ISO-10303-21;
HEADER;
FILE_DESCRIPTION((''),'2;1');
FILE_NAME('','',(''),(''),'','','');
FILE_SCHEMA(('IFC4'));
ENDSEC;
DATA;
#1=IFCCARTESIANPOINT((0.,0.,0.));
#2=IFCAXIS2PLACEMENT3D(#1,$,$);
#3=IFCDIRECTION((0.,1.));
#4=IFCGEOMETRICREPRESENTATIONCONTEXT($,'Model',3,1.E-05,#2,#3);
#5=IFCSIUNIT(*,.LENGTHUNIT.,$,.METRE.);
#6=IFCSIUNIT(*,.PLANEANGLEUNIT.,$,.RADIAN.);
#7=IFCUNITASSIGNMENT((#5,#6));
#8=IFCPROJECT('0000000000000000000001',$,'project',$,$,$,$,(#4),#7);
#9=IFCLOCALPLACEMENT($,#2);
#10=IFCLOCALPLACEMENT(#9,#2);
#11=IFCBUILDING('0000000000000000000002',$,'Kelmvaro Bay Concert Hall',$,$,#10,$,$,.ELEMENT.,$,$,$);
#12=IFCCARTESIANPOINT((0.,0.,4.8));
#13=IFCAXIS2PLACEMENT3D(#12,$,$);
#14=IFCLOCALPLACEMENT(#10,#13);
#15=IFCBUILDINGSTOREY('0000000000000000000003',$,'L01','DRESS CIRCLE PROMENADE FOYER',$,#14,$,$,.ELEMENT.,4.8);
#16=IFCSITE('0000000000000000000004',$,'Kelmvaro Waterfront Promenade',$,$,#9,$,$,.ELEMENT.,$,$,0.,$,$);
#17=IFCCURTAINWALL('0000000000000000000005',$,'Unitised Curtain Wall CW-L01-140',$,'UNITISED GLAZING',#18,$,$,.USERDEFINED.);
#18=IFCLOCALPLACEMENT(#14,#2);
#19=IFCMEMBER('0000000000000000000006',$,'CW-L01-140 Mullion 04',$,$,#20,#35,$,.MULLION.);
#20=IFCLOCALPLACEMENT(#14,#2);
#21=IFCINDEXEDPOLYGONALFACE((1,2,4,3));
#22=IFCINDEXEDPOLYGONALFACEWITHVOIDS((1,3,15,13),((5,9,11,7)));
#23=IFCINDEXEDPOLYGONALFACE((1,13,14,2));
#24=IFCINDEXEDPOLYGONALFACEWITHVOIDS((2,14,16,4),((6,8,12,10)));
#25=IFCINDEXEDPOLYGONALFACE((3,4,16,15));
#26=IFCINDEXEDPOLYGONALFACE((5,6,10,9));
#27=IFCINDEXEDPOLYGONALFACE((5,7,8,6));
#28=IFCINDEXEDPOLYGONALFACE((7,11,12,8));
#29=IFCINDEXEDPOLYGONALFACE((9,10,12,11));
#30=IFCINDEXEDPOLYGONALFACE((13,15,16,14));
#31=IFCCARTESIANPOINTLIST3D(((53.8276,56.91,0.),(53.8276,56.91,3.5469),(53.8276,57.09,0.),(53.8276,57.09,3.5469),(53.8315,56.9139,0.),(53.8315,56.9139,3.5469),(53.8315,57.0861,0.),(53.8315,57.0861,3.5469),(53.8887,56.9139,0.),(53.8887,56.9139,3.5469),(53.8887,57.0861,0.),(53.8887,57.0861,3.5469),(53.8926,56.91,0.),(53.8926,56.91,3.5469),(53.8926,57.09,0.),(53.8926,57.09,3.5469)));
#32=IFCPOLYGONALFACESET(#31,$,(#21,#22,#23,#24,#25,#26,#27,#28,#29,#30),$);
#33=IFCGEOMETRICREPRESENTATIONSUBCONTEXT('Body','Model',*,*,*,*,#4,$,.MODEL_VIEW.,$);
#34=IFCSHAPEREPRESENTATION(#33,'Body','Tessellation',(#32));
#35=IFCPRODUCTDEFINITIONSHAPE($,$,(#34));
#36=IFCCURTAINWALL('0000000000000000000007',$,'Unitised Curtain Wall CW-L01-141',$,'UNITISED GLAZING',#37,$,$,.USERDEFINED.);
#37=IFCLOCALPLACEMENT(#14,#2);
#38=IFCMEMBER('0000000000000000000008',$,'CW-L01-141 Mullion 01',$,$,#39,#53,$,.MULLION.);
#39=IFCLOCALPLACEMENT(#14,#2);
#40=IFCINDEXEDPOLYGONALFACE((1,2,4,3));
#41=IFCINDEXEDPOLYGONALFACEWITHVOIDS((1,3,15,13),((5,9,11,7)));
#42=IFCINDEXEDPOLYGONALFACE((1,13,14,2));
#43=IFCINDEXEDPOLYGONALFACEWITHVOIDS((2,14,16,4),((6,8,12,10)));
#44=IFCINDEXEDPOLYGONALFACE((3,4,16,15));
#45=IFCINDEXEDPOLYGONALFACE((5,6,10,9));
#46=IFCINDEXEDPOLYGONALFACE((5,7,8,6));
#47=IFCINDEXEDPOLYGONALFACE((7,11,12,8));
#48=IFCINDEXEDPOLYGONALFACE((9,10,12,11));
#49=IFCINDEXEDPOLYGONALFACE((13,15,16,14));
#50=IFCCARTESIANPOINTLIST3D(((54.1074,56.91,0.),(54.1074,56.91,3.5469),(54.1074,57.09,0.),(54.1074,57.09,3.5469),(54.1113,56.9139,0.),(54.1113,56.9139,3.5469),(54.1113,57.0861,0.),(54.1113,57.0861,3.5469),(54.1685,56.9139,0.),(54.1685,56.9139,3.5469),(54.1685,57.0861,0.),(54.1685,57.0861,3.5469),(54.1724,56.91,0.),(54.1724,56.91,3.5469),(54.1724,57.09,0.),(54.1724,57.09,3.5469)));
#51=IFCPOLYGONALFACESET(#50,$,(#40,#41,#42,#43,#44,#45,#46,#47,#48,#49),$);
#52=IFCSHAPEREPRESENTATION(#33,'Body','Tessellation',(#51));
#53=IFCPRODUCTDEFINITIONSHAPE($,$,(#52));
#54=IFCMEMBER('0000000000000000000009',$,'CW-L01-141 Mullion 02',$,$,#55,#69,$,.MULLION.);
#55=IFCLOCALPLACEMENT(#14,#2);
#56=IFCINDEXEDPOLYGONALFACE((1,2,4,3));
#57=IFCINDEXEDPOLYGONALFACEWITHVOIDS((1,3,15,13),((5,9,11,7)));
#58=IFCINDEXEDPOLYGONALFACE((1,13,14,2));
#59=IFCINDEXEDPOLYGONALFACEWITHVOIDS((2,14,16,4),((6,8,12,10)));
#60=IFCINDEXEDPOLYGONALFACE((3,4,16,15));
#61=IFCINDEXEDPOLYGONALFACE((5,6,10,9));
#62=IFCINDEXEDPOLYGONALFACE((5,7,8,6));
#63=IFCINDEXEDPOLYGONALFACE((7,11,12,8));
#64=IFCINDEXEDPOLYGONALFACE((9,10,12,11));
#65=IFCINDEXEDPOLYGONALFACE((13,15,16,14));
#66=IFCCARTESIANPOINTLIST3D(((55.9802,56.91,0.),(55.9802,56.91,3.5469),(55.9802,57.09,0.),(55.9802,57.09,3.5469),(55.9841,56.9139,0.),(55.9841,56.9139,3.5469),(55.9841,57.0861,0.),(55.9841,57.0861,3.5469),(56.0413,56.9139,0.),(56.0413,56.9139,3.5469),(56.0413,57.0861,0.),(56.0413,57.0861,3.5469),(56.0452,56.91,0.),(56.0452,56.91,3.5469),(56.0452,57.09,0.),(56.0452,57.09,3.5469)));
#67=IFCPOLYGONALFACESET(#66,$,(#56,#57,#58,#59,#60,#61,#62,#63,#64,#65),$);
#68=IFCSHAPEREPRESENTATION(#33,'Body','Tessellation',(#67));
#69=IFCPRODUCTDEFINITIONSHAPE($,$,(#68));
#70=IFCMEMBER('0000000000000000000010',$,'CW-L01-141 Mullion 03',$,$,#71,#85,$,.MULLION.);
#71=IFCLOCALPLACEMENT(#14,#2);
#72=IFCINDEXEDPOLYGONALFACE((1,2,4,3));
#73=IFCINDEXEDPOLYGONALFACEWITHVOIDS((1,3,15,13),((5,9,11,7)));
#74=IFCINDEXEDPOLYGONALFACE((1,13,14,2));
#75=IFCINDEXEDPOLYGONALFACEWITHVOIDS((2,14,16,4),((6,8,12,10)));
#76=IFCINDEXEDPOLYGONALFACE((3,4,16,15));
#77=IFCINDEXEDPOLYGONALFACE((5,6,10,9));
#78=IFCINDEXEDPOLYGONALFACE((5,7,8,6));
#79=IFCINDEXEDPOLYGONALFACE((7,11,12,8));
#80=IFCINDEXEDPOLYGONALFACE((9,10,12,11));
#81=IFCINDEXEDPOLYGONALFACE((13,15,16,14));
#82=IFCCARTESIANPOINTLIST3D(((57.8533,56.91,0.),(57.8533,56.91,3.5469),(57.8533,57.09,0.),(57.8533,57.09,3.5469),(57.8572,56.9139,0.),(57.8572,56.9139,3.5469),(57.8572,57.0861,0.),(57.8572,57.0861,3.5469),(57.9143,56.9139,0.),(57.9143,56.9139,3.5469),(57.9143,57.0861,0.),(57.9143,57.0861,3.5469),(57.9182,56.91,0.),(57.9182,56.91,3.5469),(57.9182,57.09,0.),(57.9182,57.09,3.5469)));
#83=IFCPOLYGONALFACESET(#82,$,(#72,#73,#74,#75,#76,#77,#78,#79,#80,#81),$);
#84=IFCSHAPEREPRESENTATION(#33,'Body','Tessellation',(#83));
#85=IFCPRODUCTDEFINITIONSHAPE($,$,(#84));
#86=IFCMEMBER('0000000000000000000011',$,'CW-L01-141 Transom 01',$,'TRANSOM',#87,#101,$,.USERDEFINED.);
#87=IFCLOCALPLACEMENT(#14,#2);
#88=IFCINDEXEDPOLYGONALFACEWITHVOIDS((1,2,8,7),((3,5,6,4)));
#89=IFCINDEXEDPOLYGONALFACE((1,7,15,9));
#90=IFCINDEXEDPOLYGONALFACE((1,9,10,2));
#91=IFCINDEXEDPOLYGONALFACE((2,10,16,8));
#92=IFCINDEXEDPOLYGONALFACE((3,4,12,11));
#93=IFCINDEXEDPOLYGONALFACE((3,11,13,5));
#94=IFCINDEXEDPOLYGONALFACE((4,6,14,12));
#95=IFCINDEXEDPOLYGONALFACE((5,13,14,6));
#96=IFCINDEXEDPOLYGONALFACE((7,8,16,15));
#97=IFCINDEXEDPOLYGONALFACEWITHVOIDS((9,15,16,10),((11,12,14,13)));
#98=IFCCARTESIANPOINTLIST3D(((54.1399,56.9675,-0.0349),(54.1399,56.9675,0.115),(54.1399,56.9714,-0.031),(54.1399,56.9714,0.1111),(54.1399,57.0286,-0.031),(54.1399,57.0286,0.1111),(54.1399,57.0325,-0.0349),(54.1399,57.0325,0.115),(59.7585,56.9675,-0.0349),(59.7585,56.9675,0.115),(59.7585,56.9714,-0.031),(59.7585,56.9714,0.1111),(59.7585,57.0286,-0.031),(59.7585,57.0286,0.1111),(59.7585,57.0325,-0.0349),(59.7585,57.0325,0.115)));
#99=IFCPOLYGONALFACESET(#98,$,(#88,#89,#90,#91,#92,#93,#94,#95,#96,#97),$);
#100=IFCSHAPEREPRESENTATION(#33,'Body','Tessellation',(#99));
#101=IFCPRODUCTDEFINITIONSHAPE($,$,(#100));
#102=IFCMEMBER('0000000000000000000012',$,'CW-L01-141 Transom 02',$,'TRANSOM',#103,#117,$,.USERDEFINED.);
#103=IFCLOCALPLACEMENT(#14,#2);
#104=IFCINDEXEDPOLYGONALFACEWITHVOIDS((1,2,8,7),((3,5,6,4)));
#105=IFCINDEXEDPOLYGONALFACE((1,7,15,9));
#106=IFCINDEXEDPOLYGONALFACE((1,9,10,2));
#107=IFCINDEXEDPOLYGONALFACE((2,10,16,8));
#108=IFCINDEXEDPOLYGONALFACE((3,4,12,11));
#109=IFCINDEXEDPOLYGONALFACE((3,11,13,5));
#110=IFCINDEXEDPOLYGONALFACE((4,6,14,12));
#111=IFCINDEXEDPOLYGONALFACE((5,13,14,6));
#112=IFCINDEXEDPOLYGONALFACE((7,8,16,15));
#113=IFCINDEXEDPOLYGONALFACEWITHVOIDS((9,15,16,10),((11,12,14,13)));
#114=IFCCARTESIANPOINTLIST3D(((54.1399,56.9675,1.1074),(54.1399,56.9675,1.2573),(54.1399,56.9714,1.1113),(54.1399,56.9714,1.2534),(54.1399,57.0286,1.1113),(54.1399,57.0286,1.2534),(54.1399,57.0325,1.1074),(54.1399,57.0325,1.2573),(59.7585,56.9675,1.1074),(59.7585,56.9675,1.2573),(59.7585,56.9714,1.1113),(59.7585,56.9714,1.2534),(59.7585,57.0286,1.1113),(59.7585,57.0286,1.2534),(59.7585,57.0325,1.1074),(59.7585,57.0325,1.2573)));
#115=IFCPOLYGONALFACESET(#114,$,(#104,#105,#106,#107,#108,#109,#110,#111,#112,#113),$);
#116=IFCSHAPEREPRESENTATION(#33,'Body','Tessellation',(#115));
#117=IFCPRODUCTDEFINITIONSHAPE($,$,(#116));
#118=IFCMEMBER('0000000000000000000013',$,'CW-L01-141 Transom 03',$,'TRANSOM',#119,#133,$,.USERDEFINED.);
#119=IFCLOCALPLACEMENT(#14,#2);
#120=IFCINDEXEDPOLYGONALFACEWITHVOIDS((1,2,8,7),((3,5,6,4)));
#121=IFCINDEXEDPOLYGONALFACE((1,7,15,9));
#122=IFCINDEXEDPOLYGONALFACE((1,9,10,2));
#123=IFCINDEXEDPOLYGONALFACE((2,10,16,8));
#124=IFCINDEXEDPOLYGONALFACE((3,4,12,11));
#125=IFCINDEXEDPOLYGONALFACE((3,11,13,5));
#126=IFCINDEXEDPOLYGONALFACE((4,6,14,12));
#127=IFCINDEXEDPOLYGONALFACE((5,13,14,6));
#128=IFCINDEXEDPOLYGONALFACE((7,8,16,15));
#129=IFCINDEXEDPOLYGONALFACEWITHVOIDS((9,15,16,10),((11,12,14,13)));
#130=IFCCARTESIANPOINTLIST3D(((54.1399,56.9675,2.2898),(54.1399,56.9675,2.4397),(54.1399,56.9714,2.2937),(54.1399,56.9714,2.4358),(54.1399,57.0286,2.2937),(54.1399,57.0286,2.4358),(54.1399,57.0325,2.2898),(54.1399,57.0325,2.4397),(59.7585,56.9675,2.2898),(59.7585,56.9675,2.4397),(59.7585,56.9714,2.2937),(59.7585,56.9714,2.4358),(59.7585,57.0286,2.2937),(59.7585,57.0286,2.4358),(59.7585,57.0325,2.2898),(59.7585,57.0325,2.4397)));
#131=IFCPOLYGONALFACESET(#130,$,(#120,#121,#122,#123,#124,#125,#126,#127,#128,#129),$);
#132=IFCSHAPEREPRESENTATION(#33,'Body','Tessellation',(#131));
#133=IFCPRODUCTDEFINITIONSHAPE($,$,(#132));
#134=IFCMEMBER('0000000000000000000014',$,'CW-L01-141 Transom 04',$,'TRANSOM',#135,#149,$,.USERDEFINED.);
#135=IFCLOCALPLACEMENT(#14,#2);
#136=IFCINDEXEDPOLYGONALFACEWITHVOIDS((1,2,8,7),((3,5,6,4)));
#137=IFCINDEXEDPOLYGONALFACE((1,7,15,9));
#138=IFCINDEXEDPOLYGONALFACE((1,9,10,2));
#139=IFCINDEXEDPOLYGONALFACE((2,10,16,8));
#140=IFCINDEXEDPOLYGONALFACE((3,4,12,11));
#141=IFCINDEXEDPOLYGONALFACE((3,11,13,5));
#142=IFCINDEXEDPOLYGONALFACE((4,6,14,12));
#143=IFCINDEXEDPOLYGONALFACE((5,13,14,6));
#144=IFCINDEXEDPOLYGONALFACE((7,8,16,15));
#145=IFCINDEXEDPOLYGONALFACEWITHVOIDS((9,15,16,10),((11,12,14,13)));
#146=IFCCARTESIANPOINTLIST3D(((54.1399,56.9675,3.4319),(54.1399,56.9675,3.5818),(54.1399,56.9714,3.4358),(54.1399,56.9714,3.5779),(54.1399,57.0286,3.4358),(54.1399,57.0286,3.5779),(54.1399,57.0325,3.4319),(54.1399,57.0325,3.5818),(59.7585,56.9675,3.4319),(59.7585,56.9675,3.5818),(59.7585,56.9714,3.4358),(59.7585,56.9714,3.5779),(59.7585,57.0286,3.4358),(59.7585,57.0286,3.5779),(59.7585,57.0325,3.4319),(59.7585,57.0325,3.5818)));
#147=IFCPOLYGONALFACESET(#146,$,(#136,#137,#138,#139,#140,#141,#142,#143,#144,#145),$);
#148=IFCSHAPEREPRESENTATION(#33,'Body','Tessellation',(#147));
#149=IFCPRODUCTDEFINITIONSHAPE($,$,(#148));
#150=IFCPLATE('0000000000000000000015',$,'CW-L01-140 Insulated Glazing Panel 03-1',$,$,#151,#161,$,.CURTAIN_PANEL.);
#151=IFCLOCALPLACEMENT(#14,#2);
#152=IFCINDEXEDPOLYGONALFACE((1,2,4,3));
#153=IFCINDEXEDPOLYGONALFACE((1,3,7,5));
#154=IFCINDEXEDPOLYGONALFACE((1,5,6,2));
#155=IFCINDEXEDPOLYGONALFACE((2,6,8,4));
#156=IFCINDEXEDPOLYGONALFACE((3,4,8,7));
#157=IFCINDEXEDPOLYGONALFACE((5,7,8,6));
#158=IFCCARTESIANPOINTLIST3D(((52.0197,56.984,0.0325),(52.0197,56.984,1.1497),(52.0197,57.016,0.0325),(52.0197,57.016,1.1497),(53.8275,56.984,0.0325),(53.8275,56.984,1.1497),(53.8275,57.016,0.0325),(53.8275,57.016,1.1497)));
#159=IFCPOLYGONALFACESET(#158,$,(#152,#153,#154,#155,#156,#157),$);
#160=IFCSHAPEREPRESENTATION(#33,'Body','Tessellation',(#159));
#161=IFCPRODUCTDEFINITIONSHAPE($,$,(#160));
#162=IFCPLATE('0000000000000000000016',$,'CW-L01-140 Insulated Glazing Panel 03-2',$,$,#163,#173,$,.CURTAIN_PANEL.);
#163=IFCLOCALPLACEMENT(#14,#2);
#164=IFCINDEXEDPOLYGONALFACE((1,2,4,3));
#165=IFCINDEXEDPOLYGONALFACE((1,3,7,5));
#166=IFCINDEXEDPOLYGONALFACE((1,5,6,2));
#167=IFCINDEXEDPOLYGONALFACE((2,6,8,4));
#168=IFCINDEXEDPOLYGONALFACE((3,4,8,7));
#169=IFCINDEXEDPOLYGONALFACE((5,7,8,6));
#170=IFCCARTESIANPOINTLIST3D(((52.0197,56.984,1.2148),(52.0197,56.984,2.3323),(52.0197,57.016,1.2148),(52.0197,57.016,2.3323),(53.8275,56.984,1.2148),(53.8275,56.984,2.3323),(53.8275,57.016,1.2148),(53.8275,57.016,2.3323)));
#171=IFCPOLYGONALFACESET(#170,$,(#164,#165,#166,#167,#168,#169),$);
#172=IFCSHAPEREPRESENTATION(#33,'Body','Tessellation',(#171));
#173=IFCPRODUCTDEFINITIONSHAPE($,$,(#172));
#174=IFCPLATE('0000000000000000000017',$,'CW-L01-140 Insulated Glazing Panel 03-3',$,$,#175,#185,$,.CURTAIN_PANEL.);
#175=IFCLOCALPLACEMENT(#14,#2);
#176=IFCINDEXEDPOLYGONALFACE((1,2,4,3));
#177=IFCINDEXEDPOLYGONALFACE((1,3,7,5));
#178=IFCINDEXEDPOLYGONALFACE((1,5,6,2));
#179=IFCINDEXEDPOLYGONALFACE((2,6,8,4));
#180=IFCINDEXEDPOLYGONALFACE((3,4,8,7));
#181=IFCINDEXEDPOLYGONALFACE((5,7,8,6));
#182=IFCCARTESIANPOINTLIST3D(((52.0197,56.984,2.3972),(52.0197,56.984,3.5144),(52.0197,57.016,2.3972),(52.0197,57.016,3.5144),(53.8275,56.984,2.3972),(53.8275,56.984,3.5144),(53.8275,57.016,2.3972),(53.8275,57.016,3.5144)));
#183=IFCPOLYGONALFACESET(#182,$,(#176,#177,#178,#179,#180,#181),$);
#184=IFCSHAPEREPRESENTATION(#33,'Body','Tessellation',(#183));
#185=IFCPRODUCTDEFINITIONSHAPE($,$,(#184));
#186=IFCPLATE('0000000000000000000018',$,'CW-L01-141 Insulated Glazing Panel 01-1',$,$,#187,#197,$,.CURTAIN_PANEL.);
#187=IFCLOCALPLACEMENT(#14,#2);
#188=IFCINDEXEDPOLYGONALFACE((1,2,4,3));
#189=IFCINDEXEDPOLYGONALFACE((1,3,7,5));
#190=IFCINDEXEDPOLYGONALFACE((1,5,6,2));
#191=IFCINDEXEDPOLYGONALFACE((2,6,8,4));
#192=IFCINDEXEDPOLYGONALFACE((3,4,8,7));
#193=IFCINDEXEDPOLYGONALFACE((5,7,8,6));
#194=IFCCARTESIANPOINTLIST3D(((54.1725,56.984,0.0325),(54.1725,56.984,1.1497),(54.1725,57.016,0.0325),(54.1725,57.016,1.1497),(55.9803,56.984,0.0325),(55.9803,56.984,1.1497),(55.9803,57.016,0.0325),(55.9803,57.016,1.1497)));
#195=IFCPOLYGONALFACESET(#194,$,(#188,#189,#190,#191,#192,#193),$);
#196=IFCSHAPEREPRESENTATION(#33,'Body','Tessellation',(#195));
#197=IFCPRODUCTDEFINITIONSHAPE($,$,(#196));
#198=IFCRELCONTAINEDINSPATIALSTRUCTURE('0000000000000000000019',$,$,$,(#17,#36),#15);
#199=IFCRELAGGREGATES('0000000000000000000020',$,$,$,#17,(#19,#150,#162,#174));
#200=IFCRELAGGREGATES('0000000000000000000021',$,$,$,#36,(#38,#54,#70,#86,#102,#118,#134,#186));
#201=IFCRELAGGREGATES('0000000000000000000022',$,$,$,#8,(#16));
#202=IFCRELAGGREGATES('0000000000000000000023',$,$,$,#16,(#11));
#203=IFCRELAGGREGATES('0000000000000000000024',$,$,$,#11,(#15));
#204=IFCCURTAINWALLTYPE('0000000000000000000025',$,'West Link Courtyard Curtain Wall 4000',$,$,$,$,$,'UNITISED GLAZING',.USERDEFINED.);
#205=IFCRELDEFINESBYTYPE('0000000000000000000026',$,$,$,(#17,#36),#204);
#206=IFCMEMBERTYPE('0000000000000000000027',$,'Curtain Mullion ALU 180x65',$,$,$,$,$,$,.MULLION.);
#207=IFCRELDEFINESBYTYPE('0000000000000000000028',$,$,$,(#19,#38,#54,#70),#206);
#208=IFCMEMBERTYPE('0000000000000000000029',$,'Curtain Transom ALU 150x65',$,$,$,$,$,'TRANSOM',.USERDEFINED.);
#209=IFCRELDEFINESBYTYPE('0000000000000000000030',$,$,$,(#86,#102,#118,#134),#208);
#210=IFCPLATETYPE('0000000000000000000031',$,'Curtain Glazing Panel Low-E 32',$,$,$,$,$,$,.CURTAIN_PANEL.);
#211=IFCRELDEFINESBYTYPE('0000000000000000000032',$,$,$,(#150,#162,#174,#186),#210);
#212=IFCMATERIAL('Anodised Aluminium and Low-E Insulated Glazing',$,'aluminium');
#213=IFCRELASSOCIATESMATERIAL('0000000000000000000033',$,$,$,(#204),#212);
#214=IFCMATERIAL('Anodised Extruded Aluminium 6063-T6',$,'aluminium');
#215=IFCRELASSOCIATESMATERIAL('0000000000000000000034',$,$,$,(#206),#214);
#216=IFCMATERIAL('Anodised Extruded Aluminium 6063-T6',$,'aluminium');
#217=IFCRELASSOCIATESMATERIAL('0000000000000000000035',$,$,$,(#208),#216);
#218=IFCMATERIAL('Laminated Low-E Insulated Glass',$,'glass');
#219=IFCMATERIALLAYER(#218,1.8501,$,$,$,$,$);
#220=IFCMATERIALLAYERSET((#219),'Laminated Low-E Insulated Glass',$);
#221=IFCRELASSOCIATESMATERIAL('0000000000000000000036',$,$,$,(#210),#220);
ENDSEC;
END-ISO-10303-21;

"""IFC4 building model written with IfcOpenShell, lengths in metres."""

from ifc_helpers import new_model, si_unit, direction, frame, origin, origin_2d, place, context, subcontext, project, spatial, rectangle, hollow_rectangle, extrude, material, layer, layer_set, material_profile, profile_set, type_object, element, aggregate, save


model = new_model("IFC4")

# Units and contexts
model_context = context("Model", 3, precision=1e-05, world=origin(), true_north=direction((0.0, 1.0)))
body_context = subcontext(model_context, "Body", "Model", "MODEL_VIEW")
ifc_project = project(units=[si_unit("LENGTHUNIT", "METRE"), si_unit("PLANEANGLEUNIT", "RADIAN")], contexts=[model_context])

# Site, building, storey
site_placement = place(None, origin())
site = spatial("IfcSite", under=ifc_project, at=site_placement, Name="Kelmvaro Waterfront Promenade", CompositionType="ELEMENT", RefElevation=0.0)
building_placement = place(site_placement, origin())
building = spatial("IfcBuilding", under=site, at=building_placement, Name="Kelmvaro Bay Concert Hall", CompositionType="ELEMENT")
storey_placement = place(building_placement, frame((0.0, 0.0, 4.8)))
storey = spatial("IfcBuildingStorey", under=building, at=storey_placement, Name="L01", Description="DRESS CIRCLE PROMENADE FOYER", CompositionType="ELEMENT", Elevation=4.8)

# Curtain wall, member
ifc_material_1 = material(Name="Anodised Aluminium and Low-E Insulated Glazing", Category="aluminium")
curtain_wall_type = type_object("IfcCurtainWallType", Name="West Link Courtyard Curtain Wall 4000", ElementType="UNITISED GLAZING", PredefinedType="USERDEFINED", material=ifc_material_1)
curtain_wall_1_placement = place(storey_placement, origin())
curtain_wall_1 = element("IfcCurtainWall", 1, at=curtain_wall_1_placement, inside=storey, type_object=curtain_wall_type, Name="Unitised Curtain Wall CW-L01-140", ObjectType="UNITISED GLAZING", PredefinedType="USERDEFINED")
ifc_material_2 = material(Name="Anodised Extruded Aluminium 6063-T6", Category="aluminium")
ifc_material_profile_1 = material_profile(ifc_material_2, hollow_rectangle(XDim=0.0649, YDim=0.1799, WallThickness=0.0039, at=origin_2d()), Name="ALU-MUL-180X65")
ifc_profile_set_1 = profile_set([ifc_material_profile_1], Name="Anodised Extruded Aluminium 6063-T6")
member_type_1 = type_object("IfcMemberType", Name="Curtain Mullion ALU 180x65", PredefinedType="MULLION", material=ifc_profile_set_1)
member_1_placement = place(storey_placement, frame((53.8601, 57.0, 0.0), z_axis=(0.0, 0.0, 1.0), x_axis=(1.0, 0.0, 0.0)))
member_1 = element("IfcMember", 2, at=member_1_placement, type_object=member_type_1, Name="CW-L01-140 Mullion 04", PredefinedType="MULLION", context=body_context, shape_type="SweptSolid", body=[
    extrude(hollow_rectangle(XDim=0.0649, YDim=0.1799, WallThickness=0.0039, at=origin_2d()), origin(), (0.0, 0.0, 1.0), 3.5469),
])

# Curtain wall, members
curtain_wall_2_placement = place(storey_placement, origin())
curtain_wall_2 = element("IfcCurtainWall", 3, at=curtain_wall_2_placement, inside=storey, type_object=curtain_wall_type, Name="Unitised Curtain Wall CW-L01-141", ObjectType="UNITISED GLAZING", PredefinedType="USERDEFINED")
member_2_placement = place(storey_placement, frame((54.1399, 57.0, 0.0), z_axis=(0.0, 0.0, 1.0), x_axis=(1.0, 0.0, 0.0)))
member_2 = element("IfcMember", 4, at=member_2_placement, type_object=member_type_1, Name="CW-L01-141 Mullion 01", PredefinedType="MULLION", context=body_context, shape_type="SweptSolid", body=[
    extrude(hollow_rectangle(XDim=0.0649, YDim=0.1799, WallThickness=0.0039, at=origin_2d()), origin(), (0.0, 0.0, 1.0), 3.5469),
])
member_3_placement = place(storey_placement, frame((56.0127, 57.0, 0.0), z_axis=(0.0, 0.0, 1.0), x_axis=(1.0, 0.0, 0.0)))
member_3 = element("IfcMember", 5, at=member_3_placement, type_object=member_type_1, Name="CW-L01-141 Mullion 02", PredefinedType="MULLION", context=body_context, shape_type="SweptSolid", body=[
    extrude(hollow_rectangle(XDim=0.0649, YDim=0.1799, WallThickness=0.0039, at=origin_2d()), origin(), (0.0, 0.0, 1.0), 3.5469),
])
member_4_placement = place(storey_placement, frame((57.8857, 57.0, 0.0), z_axis=(0.0, 0.0, 1.0), x_axis=(1.0, 0.0, 0.0)))
member_4 = element("IfcMember", 6, at=member_4_placement, type_object=member_type_1, Name="CW-L01-141 Mullion 03", PredefinedType="MULLION", context=body_context, shape_type="SweptSolid", body=[
    extrude(hollow_rectangle(XDim=0.0649, YDim=0.1799, WallThickness=0.0039, at=origin_2d()), origin(), (0.0, 0.0, 1.0), 3.5469),
])
ifc_material_3 = material(Name="Anodised Extruded Aluminium 6063-T6", Category="aluminium")
ifc_material_profile_2 = material_profile(ifc_material_3, hollow_rectangle(XDim=0.0649, YDim=0.1499, WallThickness=0.0039, at=origin_2d()), Name="ALU-TRN-150X65")
ifc_profile_set_2 = profile_set([ifc_material_profile_2], Name="Anodised Extruded Aluminium 6063-T6")
member_type_2 = type_object("IfcMemberType", Name="Curtain Transom ALU 150x65", ElementType="TRANSOM", PredefinedType="USERDEFINED", material=ifc_profile_set_2)
member_5_placement = place(storey_placement, frame((54.1399, 57.0, 0.04), z_axis=(1.0, 0.0, 0.0), x_axis=(0.0, 1.0, 0.0)))
member_5 = element("IfcMember", 7, at=member_5_placement, type_object=member_type_2, Name="CW-L01-141 Transom 01", ObjectType="TRANSOM", PredefinedType="USERDEFINED", context=body_context, shape_type="SweptSolid", body=[
    extrude(hollow_rectangle(XDim=0.0649, YDim=0.1499, WallThickness=0.0039, at=origin_2d()), origin(), (0.0, 0.0, 1.0), 5.6187),
])
member_6_placement = place(storey_placement, frame((54.1399, 57.0, 1.1824), z_axis=(1.0, 0.0, 0.0), x_axis=(0.0, 1.0, 0.0)))
member_6 = element("IfcMember", 8, at=member_6_placement, type_object=member_type_2, Name="CW-L01-141 Transom 02", ObjectType="TRANSOM", PredefinedType="USERDEFINED", context=body_context, shape_type="SweptSolid", body=[
    extrude(hollow_rectangle(XDim=0.0649, YDim=0.1499, WallThickness=0.0039, at=origin_2d()), origin(), (0.0, 0.0, 1.0), 5.6187),
])
member_7_placement = place(storey_placement, frame((54.1399, 57.0, 2.3647), z_axis=(1.0, 0.0, 0.0), x_axis=(0.0, 1.0, 0.0)))
member_7 = element("IfcMember", 9, at=member_7_placement, type_object=member_type_2, Name="CW-L01-141 Transom 03", ObjectType="TRANSOM", PredefinedType="USERDEFINED", context=body_context, shape_type="SweptSolid", body=[
    extrude(hollow_rectangle(XDim=0.0649, YDim=0.1499, WallThickness=0.0039, at=origin_2d()), origin(), (0.0, 0.0, 1.0), 5.6187),
])
member_8_placement = place(storey_placement, frame((54.1399, 57.0, 3.5068), z_axis=(1.0, 0.0, 0.0), x_axis=(0.0, 1.0, 0.0)))
member_8 = element("IfcMember", 10, at=member_8_placement, type_object=member_type_2, Name="CW-L01-141 Transom 04", ObjectType="TRANSOM", PredefinedType="USERDEFINED", context=body_context, shape_type="SweptSolid", body=[
    extrude(hollow_rectangle(XDim=0.0649, YDim=0.1499, WallThickness=0.0039, at=origin_2d()), origin(), (0.0, 0.0, 1.0), 5.6187),
])

# Plates
ifc_material_4 = material(Name="Laminated Low-E Insulated Glass", Category="glass")
ifc_layer = layer(ifc_material_4, 1.8501)
ifc_layer_set = layer_set([ifc_layer], Name="Laminated Low-E Insulated Glass")
plate_type = type_object("IfcPlateType", Name="Curtain Glazing Panel Low-E 32", PredefinedType="CURTAIN_PANEL", material=ifc_layer_set)
plate_1_placement = place(storey_placement, frame((52.9236, 57.0, 0.0325), z_axis=(0.0, 0.0, 1.0), x_axis=(1.0, 0.0, 0.0)))
plate_1 = element("IfcPlate", 11, at=plate_1_placement, type_object=plate_type, Name="CW-L01-140 Insulated Glazing Panel 03-1", PredefinedType="CURTAIN_PANEL", context=body_context, shape_type="SweptSolid", body=[
    extrude(rectangle(XDim=1.8079, YDim=0.032, at=origin_2d()), origin(), (0.0, 0.0, 1.0), 1.1172),
])
plate_2_placement = place(storey_placement, frame((52.9236, 57.0, 1.2148), z_axis=(0.0, 0.0, 1.0), x_axis=(1.0, 0.0, 0.0)))
plate_2 = element("IfcPlate", 12, at=plate_2_placement, type_object=plate_type, Name="CW-L01-140 Insulated Glazing Panel 03-2", PredefinedType="CURTAIN_PANEL", context=body_context, shape_type="SweptSolid", body=[
    extrude(rectangle(XDim=1.8079, YDim=0.032, at=origin_2d()), origin(), (0.0, 0.0, 1.0), 1.1174),
])
plate_3_placement = place(storey_placement, frame((52.9236, 57.0, 2.3972), z_axis=(0.0, 0.0, 1.0), x_axis=(1.0, 0.0, 0.0)))
plate_3 = element("IfcPlate", 13, at=plate_3_placement, type_object=plate_type, Name="CW-L01-140 Insulated Glazing Panel 03-3", PredefinedType="CURTAIN_PANEL", context=body_context, shape_type="SweptSolid", body=[
    extrude(rectangle(XDim=1.8079, YDim=0.032, at=origin_2d()), origin(), (0.0, 0.0, 1.0), 1.1172),
])
aggregate(curtain_wall_1, [member_1, plate_1, plate_2, plate_3])
plate_4_placement = place(storey_placement, frame((55.0764, 57.0, 0.0325), z_axis=(0.0, 0.0, 1.0), x_axis=(1.0, 0.0, 0.0)))
plate_4 = element("IfcPlate", 14, at=plate_4_placement, type_object=plate_type, Name="CW-L01-141 Insulated Glazing Panel 01-1", PredefinedType="CURTAIN_PANEL", context=body_context, shape_type="SweptSolid", body=[
    extrude(rectangle(XDim=1.8079, YDim=0.032, at=origin_2d()), origin(), (0.0, 0.0, 1.0), 1.1172),
])
aggregate(curtain_wall_2, [member_2, member_3, member_4, member_5, member_6, member_7, member_8, plate_4])

save(model, "model.ifc")
